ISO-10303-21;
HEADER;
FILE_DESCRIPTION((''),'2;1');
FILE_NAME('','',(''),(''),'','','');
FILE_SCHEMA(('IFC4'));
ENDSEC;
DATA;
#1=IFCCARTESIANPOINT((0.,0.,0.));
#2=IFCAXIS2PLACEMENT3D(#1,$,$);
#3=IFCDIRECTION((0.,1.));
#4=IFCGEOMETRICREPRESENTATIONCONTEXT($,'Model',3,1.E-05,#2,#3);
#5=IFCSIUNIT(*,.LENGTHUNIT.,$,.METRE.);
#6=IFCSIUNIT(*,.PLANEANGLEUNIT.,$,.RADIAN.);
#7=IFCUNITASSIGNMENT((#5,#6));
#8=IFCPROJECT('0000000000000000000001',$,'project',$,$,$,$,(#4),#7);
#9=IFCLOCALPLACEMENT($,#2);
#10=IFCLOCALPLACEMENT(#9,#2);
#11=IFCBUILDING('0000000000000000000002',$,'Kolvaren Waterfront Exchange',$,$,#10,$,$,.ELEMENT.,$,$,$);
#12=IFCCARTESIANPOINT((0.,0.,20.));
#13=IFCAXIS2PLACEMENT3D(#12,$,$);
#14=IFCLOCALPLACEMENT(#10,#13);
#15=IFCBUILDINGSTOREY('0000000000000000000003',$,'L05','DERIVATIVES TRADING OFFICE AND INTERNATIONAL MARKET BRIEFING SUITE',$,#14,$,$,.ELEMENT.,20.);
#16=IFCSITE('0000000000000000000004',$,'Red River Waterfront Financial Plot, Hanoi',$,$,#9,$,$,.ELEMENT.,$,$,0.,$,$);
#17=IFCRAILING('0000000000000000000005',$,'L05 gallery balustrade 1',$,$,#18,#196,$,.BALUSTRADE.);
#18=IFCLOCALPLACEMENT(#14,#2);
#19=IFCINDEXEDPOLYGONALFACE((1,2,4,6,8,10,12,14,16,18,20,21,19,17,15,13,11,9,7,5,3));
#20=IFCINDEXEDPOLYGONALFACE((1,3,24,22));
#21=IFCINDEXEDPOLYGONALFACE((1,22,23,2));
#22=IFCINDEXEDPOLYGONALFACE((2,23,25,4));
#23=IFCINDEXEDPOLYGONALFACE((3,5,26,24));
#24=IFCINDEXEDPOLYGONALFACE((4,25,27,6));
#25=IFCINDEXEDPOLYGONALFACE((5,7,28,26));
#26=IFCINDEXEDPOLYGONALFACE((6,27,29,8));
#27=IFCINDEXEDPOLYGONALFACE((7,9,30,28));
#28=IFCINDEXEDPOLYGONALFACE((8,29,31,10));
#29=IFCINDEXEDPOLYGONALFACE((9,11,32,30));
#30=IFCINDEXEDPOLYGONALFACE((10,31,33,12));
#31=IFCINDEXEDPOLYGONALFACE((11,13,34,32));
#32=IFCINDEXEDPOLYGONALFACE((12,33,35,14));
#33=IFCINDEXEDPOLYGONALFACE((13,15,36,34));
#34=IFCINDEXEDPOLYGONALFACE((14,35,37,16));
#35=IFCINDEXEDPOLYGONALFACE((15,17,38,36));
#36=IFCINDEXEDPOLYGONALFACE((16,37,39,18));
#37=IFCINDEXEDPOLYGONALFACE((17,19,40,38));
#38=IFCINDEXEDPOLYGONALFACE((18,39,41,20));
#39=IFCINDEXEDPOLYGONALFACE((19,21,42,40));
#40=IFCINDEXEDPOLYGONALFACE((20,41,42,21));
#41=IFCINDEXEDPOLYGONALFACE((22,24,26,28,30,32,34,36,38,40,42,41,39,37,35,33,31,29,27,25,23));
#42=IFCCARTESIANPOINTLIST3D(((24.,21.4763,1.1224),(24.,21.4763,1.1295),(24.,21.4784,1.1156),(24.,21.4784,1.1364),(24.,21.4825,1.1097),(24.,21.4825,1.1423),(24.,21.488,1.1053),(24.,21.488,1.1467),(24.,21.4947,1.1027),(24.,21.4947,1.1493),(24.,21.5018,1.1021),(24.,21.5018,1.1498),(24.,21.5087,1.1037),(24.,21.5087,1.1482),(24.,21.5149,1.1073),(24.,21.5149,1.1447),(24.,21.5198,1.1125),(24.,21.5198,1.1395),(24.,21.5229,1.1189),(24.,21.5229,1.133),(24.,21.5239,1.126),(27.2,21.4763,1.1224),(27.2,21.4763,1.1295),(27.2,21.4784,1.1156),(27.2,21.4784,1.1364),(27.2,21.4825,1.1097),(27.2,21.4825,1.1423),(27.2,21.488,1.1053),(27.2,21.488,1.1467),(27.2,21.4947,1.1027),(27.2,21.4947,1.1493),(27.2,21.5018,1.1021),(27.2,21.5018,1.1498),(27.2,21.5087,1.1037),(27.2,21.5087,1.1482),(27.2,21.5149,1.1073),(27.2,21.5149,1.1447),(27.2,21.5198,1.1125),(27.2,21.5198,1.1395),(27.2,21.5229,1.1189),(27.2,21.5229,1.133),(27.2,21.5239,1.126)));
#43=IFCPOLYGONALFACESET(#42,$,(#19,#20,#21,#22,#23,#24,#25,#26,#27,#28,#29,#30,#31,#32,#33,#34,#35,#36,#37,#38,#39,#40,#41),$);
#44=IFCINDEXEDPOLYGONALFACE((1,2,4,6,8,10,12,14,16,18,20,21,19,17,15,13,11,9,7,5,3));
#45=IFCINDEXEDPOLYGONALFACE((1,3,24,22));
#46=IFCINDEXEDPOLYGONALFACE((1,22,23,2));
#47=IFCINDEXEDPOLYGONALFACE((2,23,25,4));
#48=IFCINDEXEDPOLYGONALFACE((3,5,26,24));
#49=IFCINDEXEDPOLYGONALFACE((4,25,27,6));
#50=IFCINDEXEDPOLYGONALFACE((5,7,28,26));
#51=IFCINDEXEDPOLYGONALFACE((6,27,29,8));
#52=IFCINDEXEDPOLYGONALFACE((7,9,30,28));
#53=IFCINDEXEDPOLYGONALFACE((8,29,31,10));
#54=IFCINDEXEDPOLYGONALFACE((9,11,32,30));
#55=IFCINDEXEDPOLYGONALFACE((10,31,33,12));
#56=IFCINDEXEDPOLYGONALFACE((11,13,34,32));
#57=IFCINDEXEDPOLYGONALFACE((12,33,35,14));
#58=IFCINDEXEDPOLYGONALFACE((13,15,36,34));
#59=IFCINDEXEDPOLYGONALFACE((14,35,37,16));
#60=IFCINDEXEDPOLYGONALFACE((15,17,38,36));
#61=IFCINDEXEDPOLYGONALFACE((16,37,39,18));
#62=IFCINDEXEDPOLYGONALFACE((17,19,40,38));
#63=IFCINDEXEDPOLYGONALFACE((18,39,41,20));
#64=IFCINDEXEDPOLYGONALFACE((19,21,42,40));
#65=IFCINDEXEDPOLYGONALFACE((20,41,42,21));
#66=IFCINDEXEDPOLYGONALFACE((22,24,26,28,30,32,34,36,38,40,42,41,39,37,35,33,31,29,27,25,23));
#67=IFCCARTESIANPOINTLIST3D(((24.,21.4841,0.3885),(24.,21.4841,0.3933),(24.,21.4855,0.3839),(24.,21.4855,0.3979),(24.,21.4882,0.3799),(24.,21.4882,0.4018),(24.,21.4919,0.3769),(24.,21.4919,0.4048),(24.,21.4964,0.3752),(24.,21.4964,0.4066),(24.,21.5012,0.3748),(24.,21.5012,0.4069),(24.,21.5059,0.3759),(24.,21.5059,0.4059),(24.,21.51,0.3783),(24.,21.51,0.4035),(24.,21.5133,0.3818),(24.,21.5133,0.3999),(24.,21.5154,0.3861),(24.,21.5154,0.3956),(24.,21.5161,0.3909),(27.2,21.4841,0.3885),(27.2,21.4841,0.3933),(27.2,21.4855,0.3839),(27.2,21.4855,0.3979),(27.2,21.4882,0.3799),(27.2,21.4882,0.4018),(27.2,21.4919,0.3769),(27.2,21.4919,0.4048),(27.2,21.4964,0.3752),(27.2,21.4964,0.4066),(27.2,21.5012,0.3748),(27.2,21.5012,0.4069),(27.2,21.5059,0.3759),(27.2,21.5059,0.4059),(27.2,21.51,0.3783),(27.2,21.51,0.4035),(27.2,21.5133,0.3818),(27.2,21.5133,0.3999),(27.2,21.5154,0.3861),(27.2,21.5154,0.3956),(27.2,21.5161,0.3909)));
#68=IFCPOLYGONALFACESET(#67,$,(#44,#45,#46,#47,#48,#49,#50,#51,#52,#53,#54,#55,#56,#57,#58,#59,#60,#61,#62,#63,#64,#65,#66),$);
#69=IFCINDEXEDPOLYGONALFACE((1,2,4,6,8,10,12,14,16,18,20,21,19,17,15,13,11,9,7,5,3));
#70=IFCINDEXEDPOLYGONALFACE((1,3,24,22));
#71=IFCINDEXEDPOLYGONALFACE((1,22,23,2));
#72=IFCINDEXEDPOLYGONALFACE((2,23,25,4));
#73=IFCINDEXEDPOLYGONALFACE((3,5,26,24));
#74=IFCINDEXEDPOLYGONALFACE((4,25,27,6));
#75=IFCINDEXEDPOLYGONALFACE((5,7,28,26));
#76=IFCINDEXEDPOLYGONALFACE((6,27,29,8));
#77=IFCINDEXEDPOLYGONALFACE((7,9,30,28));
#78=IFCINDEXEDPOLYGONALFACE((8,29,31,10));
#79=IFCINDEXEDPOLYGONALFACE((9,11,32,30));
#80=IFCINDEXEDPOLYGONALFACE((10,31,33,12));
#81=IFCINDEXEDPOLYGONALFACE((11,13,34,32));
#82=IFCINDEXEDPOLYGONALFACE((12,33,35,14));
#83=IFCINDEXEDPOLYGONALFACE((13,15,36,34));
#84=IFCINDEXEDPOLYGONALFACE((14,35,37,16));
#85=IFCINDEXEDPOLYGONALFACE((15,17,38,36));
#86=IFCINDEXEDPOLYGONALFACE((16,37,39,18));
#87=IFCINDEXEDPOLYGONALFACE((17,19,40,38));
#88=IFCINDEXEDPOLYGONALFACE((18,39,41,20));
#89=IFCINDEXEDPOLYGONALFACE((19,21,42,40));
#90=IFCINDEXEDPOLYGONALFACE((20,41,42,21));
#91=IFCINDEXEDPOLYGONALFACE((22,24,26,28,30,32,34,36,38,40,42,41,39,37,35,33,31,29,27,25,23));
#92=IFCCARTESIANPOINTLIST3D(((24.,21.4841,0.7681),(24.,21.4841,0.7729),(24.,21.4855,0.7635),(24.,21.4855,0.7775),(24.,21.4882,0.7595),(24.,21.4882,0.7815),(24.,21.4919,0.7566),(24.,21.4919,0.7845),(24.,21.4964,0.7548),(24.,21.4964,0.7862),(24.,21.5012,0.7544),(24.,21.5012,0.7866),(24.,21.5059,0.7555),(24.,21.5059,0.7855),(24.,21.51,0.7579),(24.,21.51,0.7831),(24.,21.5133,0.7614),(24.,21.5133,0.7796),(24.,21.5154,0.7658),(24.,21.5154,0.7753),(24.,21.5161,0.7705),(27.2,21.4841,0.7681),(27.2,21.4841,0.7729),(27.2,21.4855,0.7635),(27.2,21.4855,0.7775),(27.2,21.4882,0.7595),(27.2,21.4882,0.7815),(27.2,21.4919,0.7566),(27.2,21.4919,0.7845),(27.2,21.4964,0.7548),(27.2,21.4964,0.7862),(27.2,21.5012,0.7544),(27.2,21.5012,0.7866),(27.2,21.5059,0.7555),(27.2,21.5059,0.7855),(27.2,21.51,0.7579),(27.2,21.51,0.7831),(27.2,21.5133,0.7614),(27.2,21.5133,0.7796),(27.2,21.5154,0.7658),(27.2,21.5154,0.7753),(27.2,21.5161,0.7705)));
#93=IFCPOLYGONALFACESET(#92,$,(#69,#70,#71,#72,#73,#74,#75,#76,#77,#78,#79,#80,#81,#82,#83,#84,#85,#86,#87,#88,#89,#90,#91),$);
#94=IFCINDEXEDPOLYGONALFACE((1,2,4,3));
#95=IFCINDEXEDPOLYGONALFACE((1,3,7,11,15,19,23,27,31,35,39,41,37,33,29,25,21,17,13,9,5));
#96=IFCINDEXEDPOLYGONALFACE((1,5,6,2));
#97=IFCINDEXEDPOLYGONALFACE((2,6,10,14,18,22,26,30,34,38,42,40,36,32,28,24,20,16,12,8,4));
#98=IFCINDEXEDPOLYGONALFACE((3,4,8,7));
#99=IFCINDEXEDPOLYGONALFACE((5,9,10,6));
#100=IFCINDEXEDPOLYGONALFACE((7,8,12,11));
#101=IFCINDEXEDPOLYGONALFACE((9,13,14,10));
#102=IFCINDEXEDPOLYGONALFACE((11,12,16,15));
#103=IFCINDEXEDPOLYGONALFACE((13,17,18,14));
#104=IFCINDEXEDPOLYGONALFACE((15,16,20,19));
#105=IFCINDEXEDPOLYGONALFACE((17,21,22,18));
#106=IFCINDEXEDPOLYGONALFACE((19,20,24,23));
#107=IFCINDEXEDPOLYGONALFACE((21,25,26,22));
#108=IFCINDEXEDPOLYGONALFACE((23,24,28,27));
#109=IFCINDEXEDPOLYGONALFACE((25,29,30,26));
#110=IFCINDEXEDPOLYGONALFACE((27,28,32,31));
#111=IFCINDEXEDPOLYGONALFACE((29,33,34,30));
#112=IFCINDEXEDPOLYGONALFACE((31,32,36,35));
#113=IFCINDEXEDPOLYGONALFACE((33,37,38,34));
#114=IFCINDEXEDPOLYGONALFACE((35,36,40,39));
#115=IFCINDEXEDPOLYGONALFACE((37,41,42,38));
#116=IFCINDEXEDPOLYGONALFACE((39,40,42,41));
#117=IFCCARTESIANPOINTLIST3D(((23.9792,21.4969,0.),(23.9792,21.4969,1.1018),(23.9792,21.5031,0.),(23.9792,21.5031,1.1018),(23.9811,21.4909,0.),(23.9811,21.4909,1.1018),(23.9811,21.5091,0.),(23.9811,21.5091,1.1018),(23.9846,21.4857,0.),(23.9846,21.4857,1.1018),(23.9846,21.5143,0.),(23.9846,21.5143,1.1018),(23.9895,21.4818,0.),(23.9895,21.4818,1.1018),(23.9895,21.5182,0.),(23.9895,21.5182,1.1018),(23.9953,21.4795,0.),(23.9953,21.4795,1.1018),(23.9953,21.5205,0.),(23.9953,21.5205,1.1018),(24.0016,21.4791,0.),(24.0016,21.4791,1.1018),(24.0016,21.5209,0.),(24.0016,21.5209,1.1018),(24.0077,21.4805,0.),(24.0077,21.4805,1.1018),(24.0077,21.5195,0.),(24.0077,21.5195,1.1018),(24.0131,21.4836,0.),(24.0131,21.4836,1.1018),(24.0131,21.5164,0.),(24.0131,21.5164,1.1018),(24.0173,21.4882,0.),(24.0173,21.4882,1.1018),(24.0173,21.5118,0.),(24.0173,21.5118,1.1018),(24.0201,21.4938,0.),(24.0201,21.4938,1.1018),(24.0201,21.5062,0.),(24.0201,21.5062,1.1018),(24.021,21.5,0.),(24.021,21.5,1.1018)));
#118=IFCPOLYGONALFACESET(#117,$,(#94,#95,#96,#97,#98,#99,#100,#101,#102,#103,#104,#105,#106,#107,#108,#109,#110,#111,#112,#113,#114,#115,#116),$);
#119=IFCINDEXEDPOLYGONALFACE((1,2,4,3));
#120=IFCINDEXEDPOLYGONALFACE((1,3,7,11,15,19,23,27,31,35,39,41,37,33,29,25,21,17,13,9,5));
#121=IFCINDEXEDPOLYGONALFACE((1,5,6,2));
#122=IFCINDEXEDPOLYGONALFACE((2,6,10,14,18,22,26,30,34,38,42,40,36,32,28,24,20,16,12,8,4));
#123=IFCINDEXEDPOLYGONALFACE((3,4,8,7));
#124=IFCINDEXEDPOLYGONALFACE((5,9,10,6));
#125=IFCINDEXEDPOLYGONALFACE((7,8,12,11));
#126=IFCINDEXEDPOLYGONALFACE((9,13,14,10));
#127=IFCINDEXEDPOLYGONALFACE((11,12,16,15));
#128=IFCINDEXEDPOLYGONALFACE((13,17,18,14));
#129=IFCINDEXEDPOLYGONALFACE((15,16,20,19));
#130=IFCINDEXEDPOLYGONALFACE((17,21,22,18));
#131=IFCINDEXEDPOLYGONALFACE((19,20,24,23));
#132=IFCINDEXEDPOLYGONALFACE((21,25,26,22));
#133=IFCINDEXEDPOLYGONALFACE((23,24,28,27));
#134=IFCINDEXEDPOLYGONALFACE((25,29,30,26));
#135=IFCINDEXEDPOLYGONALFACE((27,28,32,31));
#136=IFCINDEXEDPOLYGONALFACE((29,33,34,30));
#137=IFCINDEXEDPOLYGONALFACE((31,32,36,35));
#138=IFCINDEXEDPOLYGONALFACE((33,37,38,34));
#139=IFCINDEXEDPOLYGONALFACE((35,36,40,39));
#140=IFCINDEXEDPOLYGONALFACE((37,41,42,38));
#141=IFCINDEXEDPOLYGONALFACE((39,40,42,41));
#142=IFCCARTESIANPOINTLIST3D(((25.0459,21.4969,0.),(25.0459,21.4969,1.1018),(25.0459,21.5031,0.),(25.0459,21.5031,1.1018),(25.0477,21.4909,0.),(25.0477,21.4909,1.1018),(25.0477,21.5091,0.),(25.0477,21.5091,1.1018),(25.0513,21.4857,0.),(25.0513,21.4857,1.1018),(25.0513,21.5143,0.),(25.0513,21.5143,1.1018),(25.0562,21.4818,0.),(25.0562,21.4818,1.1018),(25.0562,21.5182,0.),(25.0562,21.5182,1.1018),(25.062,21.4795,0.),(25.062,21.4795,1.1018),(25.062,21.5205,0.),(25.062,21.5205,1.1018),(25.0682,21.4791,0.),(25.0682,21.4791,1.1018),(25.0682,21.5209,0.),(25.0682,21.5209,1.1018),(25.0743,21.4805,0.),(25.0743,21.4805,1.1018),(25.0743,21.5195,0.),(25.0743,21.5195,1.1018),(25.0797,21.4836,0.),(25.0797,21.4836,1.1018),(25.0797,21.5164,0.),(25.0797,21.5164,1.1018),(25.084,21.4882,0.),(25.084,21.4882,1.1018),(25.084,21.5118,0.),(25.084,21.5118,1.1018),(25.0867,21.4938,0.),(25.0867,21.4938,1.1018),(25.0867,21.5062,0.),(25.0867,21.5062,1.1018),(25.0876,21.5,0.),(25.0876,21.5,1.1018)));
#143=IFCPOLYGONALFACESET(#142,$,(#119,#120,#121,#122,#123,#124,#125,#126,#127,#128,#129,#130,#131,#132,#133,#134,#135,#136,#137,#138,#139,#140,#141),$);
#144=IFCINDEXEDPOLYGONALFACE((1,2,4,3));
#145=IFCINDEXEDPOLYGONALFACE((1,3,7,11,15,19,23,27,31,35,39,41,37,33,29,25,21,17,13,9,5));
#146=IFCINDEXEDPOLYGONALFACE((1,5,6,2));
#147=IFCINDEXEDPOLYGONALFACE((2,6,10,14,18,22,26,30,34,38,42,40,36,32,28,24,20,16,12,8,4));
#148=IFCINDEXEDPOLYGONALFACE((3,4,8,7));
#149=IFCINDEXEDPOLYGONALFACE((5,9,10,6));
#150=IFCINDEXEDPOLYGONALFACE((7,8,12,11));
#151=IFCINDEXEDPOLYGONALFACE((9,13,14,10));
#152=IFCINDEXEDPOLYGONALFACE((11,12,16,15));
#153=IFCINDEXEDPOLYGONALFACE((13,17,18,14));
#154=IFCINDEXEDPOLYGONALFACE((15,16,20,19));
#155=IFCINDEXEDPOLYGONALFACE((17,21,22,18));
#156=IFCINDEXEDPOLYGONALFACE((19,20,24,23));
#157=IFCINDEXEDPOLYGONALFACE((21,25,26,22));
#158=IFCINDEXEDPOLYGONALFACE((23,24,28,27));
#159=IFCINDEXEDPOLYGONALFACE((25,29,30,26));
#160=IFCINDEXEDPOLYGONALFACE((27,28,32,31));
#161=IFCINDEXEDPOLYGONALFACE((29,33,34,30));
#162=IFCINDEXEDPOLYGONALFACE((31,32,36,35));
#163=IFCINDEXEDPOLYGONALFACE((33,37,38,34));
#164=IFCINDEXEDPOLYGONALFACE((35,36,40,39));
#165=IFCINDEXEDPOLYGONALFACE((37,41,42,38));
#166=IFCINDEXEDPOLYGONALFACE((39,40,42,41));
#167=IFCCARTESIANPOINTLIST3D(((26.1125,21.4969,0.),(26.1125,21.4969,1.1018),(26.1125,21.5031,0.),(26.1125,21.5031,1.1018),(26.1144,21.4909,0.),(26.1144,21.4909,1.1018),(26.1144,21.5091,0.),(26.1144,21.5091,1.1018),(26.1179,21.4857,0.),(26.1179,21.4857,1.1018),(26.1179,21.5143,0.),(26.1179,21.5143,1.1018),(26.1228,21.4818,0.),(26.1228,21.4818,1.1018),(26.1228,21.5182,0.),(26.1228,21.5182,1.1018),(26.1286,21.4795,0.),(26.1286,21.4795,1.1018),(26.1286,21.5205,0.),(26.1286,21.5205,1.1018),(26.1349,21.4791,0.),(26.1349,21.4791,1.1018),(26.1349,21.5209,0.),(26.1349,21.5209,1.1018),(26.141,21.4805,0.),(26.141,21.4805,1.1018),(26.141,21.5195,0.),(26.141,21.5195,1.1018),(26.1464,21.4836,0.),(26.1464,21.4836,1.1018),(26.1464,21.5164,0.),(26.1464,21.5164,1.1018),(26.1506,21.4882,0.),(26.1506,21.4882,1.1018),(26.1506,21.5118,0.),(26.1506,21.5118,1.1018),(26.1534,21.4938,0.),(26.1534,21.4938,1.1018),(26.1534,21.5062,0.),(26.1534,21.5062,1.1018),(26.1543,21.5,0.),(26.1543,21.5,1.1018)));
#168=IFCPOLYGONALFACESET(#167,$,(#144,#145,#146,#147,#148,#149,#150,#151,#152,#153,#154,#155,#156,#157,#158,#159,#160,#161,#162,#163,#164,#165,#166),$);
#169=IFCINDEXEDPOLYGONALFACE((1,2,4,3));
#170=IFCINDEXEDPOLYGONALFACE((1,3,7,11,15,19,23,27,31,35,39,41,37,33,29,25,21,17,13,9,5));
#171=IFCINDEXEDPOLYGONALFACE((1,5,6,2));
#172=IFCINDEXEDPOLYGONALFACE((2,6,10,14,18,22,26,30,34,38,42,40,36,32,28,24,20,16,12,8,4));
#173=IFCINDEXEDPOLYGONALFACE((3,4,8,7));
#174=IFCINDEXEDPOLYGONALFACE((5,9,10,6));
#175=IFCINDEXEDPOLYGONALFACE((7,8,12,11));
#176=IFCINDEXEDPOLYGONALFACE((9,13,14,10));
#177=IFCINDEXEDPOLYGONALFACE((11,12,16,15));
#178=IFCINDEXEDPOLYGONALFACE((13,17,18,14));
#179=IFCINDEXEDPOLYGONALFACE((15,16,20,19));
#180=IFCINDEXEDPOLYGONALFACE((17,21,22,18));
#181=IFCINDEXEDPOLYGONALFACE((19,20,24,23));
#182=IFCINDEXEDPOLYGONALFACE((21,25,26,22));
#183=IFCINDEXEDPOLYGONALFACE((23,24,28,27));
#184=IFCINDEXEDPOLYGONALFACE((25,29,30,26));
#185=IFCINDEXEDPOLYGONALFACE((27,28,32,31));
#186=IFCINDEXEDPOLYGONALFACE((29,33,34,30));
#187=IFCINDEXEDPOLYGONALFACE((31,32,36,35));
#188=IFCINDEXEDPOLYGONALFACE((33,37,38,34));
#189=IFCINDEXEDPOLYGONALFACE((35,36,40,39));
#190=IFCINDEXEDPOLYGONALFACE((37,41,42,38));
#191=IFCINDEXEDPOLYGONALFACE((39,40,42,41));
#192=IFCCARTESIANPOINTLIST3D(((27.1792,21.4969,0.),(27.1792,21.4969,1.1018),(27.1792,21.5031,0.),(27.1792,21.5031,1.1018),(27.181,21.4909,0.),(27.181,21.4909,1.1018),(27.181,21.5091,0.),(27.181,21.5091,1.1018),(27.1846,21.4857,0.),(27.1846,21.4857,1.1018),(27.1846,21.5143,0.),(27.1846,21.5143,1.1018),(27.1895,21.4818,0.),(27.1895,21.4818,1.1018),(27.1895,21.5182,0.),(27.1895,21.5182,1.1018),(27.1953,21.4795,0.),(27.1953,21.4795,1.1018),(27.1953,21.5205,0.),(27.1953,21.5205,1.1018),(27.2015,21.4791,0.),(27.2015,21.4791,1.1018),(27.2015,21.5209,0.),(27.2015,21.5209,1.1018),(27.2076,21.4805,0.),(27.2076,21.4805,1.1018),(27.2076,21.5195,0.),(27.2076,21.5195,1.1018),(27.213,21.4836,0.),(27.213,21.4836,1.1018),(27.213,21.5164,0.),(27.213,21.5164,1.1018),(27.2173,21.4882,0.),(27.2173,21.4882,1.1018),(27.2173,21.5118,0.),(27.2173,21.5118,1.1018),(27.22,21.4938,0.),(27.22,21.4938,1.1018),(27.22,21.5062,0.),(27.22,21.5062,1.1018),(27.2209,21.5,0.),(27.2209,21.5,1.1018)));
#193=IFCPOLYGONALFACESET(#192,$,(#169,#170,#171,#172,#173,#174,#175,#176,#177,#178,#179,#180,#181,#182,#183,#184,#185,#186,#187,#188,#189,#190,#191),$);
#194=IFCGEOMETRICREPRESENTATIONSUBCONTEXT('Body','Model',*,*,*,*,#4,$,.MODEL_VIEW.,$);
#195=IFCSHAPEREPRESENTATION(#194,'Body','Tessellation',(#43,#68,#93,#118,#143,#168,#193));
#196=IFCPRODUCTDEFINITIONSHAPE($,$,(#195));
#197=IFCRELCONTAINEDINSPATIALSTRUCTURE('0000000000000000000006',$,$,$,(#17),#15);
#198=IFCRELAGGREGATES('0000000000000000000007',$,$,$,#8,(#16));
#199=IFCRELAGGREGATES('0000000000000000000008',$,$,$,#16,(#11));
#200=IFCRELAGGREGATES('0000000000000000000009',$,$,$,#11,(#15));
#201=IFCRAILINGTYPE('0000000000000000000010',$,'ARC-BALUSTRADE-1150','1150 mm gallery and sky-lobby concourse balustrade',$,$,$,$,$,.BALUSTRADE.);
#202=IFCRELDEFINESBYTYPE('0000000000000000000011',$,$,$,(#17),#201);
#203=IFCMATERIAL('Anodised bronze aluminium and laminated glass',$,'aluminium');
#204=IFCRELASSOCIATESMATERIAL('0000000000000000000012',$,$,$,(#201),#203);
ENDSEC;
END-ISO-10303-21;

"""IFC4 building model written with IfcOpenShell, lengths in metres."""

from ifc_helpers import new_model, si_unit, direction, frame, origin, origin_2d, place, context, subcontext, project, spatial, circle, extrude, material, type_object, element, save


model = new_model("IFC4")

# Units and contexts
model_context = context("Model", 3, precision=1e-05, world=origin(), true_north=direction((0.0, 1.0)))
body_context = subcontext(model_context, "Body", "Model", "MODEL_VIEW")
ifc_project = project(units=[si_unit("LENGTHUNIT", "METRE"), si_unit("PLANEANGLEUNIT", "RADIAN")], contexts=[model_context])

# Site, building, storey
site_placement = place(None, origin())
site = spatial("IfcSite", under=ifc_project, at=site_placement, Name="Red River Waterfront Financial Plot, Hanoi", CompositionType="ELEMENT", RefElevation=0.0)
building_placement = place(site_placement, origin())
building = spatial("IfcBuilding", under=site, at=building_placement, Name="Kolvaren Waterfront Exchange", CompositionType="ELEMENT")
storey_placement = place(building_placement, frame((0.0, 0.0, 20.0)))
storey = spatial("IfcBuildingStorey", under=building, at=storey_placement, Name="L05", Description="DERIVATIVES TRADING OFFICE AND INTERNATIONAL MARKET BRIEFING SUITE", CompositionType="ELEMENT", Elevation=20.0)

# Railing
ifc_material_1 = material(Name="Anodised bronze aluminium and laminated glass", Category="aluminium")
railing_type = type_object("IfcRailingType", Name="ARC-BALUSTRADE-1150", Description="1150 mm gallery and sky-lobby concourse balustrade", PredefinedType="BALUSTRADE", material=ifc_material_1)
for number, where, name in (
    (1, (24.0, 21.5, 0.0), "L05 gallery balustrade 1"),
):
    element("IfcRailing", number, at=place(storey_placement, frame(where)), inside=storey, type_object=railing_type, Name=name, PredefinedType="BALUSTRADE", context=body_context, shape_type="SweptSolid", body=[
        extrude(circle(Radius=0.0239, at=origin_2d()), frame((0.0, 0.0, 1.126), z_axis=(1.0, 0.0, 0.0), x_axis=(0.0, 1.0, 0.0)), (0.0, 0.0, 1.0), 3.2),
        extrude(circle(Radius=0.0161, at=origin_2d()), frame((0.0, 0.0, 0.3909), z_axis=(1.0, 0.0, 0.0), x_axis=(0.0, 1.0, 0.0)), (0.0, 0.0, 1.0), 3.2),
        extrude(circle(Radius=0.0161, at=origin_2d()), frame((0.0, 0.0, 0.7705), z_axis=(1.0, 0.0, 0.0), x_axis=(0.0, 1.0, 0.0)), (0.0, 0.0, 1.0), 3.2),
        extrude(circle(Radius=0.021, at=origin_2d()), origin(), (0.0, 0.0, 1.0), 1.1018),
        extrude(circle(Radius=0.021, at=origin_2d()), frame((1.0667, 0.0, 0.0)), (0.0, 0.0, 1.0), 1.1018),
        extrude(circle(Radius=0.021, at=origin_2d()), frame((2.1333, 0.0, 0.0)), (0.0, 0.0, 1.0), 1.1018),
        extrude(circle(Radius=0.021, at=origin_2d()), frame((3.2, 0.0, 0.0)), (0.0, 0.0, 1.0), 1.1018),
    ])

save(model, "model.ifc")
